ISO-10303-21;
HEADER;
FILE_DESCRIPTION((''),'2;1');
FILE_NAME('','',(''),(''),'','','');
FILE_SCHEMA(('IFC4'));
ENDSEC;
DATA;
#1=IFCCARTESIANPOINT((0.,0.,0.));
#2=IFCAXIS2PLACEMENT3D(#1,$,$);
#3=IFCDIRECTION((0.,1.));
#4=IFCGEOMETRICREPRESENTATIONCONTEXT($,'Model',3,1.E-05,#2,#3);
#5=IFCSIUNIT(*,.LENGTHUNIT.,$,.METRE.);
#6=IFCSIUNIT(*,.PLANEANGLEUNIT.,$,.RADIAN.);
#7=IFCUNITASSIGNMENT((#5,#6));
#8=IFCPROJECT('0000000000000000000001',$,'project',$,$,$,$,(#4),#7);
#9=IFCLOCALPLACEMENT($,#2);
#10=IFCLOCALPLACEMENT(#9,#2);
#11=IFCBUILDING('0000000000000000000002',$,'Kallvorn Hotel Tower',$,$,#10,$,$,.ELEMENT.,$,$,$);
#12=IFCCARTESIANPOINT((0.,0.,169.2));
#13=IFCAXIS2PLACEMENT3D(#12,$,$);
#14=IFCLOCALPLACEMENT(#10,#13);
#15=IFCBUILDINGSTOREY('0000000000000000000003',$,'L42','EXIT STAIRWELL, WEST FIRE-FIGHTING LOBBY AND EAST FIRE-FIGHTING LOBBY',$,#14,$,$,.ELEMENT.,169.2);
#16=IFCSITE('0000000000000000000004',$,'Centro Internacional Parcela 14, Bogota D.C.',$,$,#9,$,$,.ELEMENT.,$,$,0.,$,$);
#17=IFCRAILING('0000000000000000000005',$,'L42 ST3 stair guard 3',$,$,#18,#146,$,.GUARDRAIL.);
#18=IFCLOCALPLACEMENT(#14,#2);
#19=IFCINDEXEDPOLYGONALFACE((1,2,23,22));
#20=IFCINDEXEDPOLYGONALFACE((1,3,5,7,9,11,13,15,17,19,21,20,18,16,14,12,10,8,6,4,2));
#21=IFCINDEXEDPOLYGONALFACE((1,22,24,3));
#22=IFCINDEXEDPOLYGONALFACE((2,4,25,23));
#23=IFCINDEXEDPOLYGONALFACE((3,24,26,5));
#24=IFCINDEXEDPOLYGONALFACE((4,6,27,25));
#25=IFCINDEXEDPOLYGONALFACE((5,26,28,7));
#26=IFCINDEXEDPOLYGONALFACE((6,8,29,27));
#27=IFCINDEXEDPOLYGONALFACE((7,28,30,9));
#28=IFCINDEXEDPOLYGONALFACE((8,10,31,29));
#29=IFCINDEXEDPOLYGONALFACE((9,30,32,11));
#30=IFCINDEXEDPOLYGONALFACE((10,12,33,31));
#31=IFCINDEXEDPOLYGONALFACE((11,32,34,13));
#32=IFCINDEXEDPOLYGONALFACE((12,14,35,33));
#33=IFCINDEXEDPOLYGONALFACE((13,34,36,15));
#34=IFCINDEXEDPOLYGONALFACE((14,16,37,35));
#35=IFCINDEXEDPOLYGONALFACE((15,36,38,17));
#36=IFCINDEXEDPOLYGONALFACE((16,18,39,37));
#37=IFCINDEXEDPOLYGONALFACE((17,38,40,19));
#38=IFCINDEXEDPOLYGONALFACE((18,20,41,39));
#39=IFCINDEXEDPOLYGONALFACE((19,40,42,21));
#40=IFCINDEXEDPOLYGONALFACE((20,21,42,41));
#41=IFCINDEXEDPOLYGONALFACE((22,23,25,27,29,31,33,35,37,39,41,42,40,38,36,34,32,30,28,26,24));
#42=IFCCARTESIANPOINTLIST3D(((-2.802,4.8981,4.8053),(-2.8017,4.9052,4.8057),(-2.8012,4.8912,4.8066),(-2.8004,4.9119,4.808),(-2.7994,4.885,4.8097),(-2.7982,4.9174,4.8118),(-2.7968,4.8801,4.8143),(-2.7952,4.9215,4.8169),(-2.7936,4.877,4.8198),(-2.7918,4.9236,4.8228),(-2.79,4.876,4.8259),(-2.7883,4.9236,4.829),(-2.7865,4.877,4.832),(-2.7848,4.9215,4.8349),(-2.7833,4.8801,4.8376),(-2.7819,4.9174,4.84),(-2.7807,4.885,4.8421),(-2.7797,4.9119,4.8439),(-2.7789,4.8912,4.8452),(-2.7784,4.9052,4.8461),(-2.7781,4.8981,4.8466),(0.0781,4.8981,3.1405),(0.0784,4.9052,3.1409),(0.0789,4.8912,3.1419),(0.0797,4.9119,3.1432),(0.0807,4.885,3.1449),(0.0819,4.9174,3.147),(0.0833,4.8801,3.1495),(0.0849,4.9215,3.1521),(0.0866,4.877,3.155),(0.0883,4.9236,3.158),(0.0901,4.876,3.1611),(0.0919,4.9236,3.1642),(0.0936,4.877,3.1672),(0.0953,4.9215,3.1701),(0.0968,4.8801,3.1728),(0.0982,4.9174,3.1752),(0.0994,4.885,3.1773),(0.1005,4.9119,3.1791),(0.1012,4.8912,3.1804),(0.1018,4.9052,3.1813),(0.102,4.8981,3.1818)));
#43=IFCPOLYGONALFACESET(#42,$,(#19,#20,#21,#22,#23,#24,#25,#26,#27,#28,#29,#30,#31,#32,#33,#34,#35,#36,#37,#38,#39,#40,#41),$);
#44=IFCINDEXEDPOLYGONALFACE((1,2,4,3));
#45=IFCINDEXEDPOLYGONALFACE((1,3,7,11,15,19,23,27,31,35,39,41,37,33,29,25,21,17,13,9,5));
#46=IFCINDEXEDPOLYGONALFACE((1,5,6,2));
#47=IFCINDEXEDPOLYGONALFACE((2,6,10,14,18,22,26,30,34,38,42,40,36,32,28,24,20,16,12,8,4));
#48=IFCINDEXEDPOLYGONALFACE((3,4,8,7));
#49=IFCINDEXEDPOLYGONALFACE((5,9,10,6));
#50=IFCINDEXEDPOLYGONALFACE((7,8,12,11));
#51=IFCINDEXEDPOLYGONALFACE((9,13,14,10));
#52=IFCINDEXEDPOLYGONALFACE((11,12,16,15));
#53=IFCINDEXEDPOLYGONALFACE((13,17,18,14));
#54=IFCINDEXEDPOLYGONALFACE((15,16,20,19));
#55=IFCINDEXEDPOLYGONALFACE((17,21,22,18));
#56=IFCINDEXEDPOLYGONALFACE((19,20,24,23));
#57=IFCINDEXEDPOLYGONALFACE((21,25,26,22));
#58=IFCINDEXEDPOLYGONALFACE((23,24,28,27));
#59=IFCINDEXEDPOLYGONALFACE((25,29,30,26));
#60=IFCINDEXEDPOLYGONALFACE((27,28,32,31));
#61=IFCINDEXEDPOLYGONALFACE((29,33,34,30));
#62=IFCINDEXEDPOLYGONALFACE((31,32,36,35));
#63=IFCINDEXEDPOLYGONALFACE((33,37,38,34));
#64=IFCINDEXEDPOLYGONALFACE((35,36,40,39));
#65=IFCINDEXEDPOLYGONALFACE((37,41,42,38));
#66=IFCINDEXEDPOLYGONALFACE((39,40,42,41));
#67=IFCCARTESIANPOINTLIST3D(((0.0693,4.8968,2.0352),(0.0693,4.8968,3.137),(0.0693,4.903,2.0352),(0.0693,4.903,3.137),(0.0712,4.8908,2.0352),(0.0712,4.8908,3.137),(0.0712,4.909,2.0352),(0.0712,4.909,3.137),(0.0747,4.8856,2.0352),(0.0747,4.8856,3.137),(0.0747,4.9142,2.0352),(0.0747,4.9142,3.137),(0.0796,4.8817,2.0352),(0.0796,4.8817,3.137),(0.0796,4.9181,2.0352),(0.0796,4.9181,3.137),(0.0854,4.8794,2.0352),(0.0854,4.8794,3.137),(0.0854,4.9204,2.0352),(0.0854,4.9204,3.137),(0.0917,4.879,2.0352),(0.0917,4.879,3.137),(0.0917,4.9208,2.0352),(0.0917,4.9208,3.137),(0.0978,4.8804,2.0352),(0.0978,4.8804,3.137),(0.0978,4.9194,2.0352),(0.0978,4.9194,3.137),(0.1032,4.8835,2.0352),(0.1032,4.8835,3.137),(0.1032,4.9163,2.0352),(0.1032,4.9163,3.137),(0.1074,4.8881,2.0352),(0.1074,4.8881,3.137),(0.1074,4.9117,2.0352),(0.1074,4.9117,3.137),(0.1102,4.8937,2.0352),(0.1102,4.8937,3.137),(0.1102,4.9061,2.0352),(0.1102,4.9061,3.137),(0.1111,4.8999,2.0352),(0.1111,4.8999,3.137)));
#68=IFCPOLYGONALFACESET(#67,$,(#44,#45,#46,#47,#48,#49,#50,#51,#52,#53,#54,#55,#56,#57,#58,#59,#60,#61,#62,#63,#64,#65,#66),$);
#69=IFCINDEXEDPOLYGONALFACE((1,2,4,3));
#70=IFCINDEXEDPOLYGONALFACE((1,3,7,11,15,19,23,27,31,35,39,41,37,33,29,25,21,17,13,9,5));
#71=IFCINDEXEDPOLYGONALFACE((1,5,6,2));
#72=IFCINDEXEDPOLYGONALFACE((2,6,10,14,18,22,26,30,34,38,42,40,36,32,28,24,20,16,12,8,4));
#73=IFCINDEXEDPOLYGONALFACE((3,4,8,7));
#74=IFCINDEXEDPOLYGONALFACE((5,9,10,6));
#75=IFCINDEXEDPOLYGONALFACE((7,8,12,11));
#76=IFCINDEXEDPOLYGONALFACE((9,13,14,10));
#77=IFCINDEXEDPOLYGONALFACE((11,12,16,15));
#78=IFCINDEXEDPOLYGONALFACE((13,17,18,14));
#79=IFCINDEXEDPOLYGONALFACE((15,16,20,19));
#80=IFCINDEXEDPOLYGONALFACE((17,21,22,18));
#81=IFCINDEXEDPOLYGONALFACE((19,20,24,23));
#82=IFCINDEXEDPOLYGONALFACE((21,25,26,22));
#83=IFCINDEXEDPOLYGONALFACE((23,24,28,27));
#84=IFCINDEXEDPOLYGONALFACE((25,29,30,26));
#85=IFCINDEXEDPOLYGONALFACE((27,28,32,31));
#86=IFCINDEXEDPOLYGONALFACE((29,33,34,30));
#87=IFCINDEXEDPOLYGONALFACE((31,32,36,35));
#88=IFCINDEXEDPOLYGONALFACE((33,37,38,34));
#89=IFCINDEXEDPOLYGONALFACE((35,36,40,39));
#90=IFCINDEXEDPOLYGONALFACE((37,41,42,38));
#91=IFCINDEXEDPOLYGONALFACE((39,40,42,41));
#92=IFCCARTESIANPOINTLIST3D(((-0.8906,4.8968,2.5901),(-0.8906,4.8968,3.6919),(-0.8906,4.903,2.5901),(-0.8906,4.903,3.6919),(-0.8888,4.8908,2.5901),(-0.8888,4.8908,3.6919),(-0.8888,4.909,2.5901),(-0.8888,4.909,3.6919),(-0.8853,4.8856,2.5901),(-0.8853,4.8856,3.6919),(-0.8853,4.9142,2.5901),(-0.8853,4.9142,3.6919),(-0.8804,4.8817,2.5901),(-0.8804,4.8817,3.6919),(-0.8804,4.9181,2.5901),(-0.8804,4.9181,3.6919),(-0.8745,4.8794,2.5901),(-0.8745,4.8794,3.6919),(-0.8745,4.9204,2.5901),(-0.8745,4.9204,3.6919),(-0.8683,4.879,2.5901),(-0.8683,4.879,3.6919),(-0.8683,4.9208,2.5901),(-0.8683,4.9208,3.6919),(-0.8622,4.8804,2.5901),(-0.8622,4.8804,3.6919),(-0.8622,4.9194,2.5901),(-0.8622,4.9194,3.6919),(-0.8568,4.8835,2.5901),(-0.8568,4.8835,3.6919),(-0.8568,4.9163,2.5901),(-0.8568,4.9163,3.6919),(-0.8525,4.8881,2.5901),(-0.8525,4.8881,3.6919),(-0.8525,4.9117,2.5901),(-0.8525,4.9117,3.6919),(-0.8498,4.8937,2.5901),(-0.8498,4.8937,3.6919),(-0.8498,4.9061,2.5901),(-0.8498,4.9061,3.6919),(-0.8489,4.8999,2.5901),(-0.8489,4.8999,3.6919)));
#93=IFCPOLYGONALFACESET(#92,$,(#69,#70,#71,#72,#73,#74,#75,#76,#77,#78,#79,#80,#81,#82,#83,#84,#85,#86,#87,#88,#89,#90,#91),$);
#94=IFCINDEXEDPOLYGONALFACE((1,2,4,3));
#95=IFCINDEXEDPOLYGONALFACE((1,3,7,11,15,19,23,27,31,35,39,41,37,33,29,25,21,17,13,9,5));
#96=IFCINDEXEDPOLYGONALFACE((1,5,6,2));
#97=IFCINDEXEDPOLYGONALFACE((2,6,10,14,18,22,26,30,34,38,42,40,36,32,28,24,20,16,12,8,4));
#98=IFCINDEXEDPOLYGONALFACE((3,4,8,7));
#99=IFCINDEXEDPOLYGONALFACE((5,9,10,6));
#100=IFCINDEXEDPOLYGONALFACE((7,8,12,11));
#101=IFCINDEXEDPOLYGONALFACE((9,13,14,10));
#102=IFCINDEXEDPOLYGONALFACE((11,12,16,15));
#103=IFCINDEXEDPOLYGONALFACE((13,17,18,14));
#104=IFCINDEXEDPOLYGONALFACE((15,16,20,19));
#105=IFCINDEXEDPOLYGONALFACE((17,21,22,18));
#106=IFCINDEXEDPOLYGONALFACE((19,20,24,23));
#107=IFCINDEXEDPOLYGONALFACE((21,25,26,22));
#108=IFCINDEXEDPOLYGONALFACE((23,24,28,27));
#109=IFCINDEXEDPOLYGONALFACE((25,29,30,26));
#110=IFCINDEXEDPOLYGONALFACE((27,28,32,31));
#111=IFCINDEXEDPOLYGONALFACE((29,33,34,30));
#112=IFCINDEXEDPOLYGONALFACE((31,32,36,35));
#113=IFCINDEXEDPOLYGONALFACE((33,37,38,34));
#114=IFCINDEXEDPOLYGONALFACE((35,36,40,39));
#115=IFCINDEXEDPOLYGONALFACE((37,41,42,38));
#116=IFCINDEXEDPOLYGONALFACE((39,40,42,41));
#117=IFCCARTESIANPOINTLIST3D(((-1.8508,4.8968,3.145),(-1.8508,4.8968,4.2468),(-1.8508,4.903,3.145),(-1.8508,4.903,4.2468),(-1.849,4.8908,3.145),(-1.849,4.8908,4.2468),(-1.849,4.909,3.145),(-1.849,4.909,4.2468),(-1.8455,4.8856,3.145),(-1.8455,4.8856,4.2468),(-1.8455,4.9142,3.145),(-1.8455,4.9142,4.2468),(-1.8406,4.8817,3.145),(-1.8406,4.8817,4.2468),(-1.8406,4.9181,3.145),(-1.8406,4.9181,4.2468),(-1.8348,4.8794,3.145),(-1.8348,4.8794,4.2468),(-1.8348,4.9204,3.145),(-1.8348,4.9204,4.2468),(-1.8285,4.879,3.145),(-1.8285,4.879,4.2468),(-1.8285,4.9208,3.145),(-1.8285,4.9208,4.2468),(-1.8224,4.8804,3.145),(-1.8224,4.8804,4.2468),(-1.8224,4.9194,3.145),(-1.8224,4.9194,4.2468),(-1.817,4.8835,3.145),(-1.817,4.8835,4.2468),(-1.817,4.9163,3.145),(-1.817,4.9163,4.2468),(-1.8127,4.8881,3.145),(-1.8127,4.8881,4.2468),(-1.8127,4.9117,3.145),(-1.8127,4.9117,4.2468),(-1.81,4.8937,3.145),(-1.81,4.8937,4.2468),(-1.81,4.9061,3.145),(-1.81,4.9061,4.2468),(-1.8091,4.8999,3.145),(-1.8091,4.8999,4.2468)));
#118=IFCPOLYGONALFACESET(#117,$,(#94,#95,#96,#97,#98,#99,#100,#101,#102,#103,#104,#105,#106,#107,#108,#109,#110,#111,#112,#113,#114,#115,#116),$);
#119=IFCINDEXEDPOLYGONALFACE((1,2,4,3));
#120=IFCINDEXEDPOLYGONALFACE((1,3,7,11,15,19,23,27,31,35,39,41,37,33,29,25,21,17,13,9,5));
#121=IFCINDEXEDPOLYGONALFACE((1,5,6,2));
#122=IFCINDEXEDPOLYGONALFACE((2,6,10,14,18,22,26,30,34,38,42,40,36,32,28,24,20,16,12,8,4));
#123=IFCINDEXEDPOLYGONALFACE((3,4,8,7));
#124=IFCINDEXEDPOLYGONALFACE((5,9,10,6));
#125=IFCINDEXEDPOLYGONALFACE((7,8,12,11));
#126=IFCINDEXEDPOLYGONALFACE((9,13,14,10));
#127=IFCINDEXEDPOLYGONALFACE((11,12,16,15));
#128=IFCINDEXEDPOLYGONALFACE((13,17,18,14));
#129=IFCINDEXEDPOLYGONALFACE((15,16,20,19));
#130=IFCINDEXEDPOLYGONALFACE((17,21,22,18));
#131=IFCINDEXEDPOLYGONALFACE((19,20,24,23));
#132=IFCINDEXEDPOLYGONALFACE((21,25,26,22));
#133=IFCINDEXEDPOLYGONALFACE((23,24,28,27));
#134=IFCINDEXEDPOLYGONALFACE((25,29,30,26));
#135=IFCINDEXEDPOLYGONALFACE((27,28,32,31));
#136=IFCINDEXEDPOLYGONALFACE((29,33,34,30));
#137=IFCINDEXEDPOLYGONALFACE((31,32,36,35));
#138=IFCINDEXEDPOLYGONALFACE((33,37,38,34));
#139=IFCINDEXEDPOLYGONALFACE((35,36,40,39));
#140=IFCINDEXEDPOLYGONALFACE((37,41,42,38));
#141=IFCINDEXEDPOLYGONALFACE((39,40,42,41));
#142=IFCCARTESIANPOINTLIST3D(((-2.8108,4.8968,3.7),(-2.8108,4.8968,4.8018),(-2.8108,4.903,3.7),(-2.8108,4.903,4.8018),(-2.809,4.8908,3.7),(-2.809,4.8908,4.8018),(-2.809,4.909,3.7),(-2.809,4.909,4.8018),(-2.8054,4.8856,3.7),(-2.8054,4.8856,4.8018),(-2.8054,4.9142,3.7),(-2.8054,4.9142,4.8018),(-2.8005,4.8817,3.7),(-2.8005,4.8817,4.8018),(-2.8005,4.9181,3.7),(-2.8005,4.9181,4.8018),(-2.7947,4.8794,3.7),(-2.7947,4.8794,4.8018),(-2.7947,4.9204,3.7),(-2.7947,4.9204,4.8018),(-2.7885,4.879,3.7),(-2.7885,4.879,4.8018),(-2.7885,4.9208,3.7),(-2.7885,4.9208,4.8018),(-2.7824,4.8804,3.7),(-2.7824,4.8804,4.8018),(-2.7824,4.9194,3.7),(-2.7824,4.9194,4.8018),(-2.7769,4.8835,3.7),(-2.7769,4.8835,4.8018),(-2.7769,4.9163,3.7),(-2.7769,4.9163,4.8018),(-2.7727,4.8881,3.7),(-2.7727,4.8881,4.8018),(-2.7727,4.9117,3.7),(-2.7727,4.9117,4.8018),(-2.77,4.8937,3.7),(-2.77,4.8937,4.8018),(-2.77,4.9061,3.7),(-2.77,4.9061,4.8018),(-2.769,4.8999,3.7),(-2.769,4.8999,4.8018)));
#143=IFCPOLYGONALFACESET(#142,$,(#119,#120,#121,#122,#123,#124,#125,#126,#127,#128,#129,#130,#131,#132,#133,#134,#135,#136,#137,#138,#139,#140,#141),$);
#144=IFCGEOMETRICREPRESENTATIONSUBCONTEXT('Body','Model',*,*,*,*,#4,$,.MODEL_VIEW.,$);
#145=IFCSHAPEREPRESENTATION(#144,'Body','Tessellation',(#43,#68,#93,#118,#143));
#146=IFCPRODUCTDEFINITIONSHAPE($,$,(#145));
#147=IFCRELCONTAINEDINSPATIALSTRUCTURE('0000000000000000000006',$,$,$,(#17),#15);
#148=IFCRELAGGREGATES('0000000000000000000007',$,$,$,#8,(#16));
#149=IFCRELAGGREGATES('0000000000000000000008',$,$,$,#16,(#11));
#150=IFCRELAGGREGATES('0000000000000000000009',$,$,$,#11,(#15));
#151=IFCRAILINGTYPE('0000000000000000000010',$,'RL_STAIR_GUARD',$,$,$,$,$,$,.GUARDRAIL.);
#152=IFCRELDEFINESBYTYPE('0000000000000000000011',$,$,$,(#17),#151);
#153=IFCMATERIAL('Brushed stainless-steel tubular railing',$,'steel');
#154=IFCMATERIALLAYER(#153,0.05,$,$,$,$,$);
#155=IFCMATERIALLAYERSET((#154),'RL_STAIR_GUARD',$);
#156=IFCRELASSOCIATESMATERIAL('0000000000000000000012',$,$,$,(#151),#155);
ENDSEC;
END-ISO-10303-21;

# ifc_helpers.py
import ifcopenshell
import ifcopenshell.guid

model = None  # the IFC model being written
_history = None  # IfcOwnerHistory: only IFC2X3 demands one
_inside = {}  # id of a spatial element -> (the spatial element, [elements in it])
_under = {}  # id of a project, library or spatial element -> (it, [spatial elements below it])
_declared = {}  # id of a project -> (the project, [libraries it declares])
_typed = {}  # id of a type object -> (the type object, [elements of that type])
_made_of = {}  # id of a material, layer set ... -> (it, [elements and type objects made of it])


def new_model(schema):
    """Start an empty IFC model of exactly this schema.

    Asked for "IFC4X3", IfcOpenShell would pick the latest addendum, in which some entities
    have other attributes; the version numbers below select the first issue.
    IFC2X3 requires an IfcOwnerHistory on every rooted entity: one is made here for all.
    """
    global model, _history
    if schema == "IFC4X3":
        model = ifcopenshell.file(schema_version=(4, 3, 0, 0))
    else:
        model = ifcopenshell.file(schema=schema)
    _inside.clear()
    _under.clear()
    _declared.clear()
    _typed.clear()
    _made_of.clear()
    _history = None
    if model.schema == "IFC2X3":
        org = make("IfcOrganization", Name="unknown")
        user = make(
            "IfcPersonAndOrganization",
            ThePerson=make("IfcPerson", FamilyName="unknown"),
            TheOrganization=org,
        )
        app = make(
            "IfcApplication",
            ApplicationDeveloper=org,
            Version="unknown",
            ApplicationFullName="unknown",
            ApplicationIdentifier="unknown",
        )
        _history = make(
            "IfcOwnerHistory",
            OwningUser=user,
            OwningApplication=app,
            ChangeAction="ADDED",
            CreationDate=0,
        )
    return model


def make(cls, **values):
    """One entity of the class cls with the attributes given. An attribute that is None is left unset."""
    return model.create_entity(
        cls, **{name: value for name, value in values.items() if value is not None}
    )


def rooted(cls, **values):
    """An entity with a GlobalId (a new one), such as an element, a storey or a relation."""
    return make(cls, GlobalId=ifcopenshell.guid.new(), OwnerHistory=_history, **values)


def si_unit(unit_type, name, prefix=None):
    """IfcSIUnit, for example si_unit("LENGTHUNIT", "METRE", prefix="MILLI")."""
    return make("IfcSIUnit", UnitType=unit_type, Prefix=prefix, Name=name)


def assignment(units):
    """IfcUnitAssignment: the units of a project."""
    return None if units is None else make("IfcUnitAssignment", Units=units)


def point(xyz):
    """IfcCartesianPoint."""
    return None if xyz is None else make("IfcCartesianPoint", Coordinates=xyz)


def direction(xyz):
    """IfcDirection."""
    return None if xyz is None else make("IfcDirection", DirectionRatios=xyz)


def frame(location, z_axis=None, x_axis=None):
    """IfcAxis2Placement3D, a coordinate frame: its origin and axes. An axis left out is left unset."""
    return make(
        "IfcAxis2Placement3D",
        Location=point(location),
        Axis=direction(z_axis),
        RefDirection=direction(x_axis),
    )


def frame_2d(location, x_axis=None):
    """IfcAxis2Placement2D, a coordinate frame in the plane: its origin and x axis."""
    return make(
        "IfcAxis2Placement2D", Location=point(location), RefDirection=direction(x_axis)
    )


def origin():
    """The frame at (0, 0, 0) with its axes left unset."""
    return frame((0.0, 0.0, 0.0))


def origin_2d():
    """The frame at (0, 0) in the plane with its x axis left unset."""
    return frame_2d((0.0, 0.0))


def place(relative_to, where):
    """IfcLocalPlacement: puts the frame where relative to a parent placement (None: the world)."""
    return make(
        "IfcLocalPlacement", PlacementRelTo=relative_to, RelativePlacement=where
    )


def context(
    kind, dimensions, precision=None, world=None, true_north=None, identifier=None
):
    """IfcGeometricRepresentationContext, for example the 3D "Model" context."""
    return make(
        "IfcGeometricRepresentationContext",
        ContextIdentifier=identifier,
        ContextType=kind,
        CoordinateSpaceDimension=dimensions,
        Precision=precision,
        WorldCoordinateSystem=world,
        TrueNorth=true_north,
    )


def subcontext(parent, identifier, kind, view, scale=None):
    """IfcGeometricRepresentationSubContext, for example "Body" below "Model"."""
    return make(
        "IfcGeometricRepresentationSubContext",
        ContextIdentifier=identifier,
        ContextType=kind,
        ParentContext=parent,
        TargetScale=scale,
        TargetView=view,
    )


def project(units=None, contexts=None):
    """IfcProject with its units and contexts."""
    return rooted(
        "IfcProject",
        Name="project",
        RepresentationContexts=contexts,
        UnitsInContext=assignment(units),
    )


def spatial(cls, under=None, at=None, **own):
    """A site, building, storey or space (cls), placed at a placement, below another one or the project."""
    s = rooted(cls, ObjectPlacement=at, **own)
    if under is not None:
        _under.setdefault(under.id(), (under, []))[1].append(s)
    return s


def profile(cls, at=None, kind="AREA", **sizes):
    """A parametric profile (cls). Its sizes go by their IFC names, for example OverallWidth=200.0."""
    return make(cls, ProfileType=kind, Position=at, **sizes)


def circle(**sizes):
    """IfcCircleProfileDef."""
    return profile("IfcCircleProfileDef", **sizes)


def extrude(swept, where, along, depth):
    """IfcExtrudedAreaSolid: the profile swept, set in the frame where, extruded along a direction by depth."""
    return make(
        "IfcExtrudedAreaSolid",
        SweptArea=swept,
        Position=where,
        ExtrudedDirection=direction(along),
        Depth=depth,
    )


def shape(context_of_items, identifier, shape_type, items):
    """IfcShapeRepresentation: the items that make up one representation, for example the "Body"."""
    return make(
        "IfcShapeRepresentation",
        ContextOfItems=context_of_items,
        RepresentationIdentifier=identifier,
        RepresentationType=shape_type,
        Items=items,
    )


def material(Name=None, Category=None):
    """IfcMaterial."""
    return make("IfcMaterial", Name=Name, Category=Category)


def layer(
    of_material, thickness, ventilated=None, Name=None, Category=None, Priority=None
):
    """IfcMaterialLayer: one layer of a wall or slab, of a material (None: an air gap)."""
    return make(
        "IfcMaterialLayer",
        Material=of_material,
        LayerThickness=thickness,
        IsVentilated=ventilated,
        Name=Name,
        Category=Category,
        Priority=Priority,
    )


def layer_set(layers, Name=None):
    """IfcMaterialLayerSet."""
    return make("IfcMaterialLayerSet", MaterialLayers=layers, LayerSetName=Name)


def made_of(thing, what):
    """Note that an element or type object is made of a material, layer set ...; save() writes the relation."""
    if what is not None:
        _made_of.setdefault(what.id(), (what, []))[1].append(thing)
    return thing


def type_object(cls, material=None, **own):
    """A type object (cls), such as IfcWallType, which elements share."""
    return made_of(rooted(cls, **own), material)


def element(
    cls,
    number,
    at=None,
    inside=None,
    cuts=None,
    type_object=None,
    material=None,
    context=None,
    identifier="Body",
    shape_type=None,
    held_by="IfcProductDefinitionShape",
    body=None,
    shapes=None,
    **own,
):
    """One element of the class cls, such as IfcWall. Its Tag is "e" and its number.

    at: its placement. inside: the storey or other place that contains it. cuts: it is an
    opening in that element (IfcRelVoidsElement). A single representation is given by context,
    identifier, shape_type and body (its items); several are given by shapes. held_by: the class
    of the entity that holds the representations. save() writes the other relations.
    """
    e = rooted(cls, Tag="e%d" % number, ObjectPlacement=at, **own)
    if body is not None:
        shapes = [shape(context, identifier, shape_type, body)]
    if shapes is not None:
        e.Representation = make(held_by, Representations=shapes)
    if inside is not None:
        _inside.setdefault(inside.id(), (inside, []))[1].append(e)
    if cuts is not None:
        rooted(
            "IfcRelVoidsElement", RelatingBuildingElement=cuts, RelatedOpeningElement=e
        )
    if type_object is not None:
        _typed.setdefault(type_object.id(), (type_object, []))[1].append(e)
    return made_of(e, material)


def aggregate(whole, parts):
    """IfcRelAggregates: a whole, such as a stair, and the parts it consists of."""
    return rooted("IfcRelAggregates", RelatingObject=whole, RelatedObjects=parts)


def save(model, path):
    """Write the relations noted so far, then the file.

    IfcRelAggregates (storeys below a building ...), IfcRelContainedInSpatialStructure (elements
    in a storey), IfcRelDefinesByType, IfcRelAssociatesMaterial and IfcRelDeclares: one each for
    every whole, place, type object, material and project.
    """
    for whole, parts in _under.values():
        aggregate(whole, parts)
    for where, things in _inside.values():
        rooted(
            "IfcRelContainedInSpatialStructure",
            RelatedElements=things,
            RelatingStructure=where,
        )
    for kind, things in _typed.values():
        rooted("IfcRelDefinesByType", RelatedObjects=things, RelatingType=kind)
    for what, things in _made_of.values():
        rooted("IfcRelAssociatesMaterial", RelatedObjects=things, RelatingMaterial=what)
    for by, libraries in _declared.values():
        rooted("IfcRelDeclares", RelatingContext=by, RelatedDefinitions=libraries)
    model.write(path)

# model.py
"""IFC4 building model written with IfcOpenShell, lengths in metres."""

from ifc_helpers import new_model, si_unit, direction, frame, origin, origin_2d, place, context, subcontext, project, spatial, circle, extrude, material, layer, layer_set, type_object, element, save


model = new_model("IFC4")

# Units and contexts
model_context = context("Model", 3, precision=1e-05, world=origin(), true_north=direction((0.0, 1.0)))
body_context = subcontext(model_context, "Body", "Model", "MODEL_VIEW")
ifc_project = project(units=[si_unit("LENGTHUNIT", "METRE"), si_unit("PLANEANGLEUNIT", "RADIAN")], contexts=[model_context])

# Site, building, storey
site_placement = place(None, origin())
site = spatial("IfcSite", under=ifc_project, at=site_placement, Name="Centro Internacional Parcela 14, Bogota D.C.", CompositionType="ELEMENT", RefElevation=0.0)
building_placement = place(site_placement, origin())
building = spatial("IfcBuilding", under=site, at=building_placement, Name="Kallvorn Hotel Tower", CompositionType="ELEMENT")
storey_placement = place(building_placement, frame((0.0, 0.0, 169.2)))
storey = spatial("IfcBuildingStorey", under=building, at=storey_placement, Name="L42", Description="EXIT STAIRWELL, WEST FIRE-FIGHTING LOBBY AND EAST FIRE-FIGHTING LOBBY", CompositionType="ELEMENT", Elevation=169.2)

# Railing
ifc_material_1 = material(Name="Brushed stainless-steel tubular railing", Category="steel")
ifc_layer_1 = layer(ifc_material_1, 0.05)
ifc_layer_set_1 = layer_set([ifc_layer_1], Name="RL_STAIR_GUARD")
railing_type_1 = type_object("IfcRailingType", Name="RL_STAIR_GUARD", PredefinedType="GUARDRAIL", material=ifc_layer_set_1)
railing_1_placement = place(storey_placement, frame((0.0901, 4.8999, 2.0352)))
element("IfcRailing", 1, at=railing_1_placement, inside=storey, type_object=railing_type_1, Name="L42 ST3 stair guard 3", PredefinedType="GUARDRAIL", context=body_context, shape_type="SweptSolid", body=[
    extrude(circle(Radius=0.0239, at=origin_2d()), frame((0.0, 0.0, 1.126), z_axis=(-0.865771, 0.0, 0.50044), x_axis=(0.0, -1.0, 0.0)), (0.0, 0.0, 1.0), 3.3267),
    extrude(circle(Radius=0.021, at=origin_2d()), origin(), (0.0, 0.0, 1.0), 1.1018),
    extrude(circle(Radius=0.021, at=origin_2d()), frame((-0.96, 0.0, 0.5549)), (0.0, 0.0, 1.0), 1.1018),
    extrude(circle(Radius=0.021, at=origin_2d()), frame((-1.9202, 0.0, 1.1099)), (0.0, 0.0, 1.0), 1.1018),
    extrude(circle(Radius=0.021, at=origin_2d()), frame((-2.8801, 0.0, 1.6648)), (0.0, 0.0, 1.0), 1.1018),
])

save(model, "model.ifc")
